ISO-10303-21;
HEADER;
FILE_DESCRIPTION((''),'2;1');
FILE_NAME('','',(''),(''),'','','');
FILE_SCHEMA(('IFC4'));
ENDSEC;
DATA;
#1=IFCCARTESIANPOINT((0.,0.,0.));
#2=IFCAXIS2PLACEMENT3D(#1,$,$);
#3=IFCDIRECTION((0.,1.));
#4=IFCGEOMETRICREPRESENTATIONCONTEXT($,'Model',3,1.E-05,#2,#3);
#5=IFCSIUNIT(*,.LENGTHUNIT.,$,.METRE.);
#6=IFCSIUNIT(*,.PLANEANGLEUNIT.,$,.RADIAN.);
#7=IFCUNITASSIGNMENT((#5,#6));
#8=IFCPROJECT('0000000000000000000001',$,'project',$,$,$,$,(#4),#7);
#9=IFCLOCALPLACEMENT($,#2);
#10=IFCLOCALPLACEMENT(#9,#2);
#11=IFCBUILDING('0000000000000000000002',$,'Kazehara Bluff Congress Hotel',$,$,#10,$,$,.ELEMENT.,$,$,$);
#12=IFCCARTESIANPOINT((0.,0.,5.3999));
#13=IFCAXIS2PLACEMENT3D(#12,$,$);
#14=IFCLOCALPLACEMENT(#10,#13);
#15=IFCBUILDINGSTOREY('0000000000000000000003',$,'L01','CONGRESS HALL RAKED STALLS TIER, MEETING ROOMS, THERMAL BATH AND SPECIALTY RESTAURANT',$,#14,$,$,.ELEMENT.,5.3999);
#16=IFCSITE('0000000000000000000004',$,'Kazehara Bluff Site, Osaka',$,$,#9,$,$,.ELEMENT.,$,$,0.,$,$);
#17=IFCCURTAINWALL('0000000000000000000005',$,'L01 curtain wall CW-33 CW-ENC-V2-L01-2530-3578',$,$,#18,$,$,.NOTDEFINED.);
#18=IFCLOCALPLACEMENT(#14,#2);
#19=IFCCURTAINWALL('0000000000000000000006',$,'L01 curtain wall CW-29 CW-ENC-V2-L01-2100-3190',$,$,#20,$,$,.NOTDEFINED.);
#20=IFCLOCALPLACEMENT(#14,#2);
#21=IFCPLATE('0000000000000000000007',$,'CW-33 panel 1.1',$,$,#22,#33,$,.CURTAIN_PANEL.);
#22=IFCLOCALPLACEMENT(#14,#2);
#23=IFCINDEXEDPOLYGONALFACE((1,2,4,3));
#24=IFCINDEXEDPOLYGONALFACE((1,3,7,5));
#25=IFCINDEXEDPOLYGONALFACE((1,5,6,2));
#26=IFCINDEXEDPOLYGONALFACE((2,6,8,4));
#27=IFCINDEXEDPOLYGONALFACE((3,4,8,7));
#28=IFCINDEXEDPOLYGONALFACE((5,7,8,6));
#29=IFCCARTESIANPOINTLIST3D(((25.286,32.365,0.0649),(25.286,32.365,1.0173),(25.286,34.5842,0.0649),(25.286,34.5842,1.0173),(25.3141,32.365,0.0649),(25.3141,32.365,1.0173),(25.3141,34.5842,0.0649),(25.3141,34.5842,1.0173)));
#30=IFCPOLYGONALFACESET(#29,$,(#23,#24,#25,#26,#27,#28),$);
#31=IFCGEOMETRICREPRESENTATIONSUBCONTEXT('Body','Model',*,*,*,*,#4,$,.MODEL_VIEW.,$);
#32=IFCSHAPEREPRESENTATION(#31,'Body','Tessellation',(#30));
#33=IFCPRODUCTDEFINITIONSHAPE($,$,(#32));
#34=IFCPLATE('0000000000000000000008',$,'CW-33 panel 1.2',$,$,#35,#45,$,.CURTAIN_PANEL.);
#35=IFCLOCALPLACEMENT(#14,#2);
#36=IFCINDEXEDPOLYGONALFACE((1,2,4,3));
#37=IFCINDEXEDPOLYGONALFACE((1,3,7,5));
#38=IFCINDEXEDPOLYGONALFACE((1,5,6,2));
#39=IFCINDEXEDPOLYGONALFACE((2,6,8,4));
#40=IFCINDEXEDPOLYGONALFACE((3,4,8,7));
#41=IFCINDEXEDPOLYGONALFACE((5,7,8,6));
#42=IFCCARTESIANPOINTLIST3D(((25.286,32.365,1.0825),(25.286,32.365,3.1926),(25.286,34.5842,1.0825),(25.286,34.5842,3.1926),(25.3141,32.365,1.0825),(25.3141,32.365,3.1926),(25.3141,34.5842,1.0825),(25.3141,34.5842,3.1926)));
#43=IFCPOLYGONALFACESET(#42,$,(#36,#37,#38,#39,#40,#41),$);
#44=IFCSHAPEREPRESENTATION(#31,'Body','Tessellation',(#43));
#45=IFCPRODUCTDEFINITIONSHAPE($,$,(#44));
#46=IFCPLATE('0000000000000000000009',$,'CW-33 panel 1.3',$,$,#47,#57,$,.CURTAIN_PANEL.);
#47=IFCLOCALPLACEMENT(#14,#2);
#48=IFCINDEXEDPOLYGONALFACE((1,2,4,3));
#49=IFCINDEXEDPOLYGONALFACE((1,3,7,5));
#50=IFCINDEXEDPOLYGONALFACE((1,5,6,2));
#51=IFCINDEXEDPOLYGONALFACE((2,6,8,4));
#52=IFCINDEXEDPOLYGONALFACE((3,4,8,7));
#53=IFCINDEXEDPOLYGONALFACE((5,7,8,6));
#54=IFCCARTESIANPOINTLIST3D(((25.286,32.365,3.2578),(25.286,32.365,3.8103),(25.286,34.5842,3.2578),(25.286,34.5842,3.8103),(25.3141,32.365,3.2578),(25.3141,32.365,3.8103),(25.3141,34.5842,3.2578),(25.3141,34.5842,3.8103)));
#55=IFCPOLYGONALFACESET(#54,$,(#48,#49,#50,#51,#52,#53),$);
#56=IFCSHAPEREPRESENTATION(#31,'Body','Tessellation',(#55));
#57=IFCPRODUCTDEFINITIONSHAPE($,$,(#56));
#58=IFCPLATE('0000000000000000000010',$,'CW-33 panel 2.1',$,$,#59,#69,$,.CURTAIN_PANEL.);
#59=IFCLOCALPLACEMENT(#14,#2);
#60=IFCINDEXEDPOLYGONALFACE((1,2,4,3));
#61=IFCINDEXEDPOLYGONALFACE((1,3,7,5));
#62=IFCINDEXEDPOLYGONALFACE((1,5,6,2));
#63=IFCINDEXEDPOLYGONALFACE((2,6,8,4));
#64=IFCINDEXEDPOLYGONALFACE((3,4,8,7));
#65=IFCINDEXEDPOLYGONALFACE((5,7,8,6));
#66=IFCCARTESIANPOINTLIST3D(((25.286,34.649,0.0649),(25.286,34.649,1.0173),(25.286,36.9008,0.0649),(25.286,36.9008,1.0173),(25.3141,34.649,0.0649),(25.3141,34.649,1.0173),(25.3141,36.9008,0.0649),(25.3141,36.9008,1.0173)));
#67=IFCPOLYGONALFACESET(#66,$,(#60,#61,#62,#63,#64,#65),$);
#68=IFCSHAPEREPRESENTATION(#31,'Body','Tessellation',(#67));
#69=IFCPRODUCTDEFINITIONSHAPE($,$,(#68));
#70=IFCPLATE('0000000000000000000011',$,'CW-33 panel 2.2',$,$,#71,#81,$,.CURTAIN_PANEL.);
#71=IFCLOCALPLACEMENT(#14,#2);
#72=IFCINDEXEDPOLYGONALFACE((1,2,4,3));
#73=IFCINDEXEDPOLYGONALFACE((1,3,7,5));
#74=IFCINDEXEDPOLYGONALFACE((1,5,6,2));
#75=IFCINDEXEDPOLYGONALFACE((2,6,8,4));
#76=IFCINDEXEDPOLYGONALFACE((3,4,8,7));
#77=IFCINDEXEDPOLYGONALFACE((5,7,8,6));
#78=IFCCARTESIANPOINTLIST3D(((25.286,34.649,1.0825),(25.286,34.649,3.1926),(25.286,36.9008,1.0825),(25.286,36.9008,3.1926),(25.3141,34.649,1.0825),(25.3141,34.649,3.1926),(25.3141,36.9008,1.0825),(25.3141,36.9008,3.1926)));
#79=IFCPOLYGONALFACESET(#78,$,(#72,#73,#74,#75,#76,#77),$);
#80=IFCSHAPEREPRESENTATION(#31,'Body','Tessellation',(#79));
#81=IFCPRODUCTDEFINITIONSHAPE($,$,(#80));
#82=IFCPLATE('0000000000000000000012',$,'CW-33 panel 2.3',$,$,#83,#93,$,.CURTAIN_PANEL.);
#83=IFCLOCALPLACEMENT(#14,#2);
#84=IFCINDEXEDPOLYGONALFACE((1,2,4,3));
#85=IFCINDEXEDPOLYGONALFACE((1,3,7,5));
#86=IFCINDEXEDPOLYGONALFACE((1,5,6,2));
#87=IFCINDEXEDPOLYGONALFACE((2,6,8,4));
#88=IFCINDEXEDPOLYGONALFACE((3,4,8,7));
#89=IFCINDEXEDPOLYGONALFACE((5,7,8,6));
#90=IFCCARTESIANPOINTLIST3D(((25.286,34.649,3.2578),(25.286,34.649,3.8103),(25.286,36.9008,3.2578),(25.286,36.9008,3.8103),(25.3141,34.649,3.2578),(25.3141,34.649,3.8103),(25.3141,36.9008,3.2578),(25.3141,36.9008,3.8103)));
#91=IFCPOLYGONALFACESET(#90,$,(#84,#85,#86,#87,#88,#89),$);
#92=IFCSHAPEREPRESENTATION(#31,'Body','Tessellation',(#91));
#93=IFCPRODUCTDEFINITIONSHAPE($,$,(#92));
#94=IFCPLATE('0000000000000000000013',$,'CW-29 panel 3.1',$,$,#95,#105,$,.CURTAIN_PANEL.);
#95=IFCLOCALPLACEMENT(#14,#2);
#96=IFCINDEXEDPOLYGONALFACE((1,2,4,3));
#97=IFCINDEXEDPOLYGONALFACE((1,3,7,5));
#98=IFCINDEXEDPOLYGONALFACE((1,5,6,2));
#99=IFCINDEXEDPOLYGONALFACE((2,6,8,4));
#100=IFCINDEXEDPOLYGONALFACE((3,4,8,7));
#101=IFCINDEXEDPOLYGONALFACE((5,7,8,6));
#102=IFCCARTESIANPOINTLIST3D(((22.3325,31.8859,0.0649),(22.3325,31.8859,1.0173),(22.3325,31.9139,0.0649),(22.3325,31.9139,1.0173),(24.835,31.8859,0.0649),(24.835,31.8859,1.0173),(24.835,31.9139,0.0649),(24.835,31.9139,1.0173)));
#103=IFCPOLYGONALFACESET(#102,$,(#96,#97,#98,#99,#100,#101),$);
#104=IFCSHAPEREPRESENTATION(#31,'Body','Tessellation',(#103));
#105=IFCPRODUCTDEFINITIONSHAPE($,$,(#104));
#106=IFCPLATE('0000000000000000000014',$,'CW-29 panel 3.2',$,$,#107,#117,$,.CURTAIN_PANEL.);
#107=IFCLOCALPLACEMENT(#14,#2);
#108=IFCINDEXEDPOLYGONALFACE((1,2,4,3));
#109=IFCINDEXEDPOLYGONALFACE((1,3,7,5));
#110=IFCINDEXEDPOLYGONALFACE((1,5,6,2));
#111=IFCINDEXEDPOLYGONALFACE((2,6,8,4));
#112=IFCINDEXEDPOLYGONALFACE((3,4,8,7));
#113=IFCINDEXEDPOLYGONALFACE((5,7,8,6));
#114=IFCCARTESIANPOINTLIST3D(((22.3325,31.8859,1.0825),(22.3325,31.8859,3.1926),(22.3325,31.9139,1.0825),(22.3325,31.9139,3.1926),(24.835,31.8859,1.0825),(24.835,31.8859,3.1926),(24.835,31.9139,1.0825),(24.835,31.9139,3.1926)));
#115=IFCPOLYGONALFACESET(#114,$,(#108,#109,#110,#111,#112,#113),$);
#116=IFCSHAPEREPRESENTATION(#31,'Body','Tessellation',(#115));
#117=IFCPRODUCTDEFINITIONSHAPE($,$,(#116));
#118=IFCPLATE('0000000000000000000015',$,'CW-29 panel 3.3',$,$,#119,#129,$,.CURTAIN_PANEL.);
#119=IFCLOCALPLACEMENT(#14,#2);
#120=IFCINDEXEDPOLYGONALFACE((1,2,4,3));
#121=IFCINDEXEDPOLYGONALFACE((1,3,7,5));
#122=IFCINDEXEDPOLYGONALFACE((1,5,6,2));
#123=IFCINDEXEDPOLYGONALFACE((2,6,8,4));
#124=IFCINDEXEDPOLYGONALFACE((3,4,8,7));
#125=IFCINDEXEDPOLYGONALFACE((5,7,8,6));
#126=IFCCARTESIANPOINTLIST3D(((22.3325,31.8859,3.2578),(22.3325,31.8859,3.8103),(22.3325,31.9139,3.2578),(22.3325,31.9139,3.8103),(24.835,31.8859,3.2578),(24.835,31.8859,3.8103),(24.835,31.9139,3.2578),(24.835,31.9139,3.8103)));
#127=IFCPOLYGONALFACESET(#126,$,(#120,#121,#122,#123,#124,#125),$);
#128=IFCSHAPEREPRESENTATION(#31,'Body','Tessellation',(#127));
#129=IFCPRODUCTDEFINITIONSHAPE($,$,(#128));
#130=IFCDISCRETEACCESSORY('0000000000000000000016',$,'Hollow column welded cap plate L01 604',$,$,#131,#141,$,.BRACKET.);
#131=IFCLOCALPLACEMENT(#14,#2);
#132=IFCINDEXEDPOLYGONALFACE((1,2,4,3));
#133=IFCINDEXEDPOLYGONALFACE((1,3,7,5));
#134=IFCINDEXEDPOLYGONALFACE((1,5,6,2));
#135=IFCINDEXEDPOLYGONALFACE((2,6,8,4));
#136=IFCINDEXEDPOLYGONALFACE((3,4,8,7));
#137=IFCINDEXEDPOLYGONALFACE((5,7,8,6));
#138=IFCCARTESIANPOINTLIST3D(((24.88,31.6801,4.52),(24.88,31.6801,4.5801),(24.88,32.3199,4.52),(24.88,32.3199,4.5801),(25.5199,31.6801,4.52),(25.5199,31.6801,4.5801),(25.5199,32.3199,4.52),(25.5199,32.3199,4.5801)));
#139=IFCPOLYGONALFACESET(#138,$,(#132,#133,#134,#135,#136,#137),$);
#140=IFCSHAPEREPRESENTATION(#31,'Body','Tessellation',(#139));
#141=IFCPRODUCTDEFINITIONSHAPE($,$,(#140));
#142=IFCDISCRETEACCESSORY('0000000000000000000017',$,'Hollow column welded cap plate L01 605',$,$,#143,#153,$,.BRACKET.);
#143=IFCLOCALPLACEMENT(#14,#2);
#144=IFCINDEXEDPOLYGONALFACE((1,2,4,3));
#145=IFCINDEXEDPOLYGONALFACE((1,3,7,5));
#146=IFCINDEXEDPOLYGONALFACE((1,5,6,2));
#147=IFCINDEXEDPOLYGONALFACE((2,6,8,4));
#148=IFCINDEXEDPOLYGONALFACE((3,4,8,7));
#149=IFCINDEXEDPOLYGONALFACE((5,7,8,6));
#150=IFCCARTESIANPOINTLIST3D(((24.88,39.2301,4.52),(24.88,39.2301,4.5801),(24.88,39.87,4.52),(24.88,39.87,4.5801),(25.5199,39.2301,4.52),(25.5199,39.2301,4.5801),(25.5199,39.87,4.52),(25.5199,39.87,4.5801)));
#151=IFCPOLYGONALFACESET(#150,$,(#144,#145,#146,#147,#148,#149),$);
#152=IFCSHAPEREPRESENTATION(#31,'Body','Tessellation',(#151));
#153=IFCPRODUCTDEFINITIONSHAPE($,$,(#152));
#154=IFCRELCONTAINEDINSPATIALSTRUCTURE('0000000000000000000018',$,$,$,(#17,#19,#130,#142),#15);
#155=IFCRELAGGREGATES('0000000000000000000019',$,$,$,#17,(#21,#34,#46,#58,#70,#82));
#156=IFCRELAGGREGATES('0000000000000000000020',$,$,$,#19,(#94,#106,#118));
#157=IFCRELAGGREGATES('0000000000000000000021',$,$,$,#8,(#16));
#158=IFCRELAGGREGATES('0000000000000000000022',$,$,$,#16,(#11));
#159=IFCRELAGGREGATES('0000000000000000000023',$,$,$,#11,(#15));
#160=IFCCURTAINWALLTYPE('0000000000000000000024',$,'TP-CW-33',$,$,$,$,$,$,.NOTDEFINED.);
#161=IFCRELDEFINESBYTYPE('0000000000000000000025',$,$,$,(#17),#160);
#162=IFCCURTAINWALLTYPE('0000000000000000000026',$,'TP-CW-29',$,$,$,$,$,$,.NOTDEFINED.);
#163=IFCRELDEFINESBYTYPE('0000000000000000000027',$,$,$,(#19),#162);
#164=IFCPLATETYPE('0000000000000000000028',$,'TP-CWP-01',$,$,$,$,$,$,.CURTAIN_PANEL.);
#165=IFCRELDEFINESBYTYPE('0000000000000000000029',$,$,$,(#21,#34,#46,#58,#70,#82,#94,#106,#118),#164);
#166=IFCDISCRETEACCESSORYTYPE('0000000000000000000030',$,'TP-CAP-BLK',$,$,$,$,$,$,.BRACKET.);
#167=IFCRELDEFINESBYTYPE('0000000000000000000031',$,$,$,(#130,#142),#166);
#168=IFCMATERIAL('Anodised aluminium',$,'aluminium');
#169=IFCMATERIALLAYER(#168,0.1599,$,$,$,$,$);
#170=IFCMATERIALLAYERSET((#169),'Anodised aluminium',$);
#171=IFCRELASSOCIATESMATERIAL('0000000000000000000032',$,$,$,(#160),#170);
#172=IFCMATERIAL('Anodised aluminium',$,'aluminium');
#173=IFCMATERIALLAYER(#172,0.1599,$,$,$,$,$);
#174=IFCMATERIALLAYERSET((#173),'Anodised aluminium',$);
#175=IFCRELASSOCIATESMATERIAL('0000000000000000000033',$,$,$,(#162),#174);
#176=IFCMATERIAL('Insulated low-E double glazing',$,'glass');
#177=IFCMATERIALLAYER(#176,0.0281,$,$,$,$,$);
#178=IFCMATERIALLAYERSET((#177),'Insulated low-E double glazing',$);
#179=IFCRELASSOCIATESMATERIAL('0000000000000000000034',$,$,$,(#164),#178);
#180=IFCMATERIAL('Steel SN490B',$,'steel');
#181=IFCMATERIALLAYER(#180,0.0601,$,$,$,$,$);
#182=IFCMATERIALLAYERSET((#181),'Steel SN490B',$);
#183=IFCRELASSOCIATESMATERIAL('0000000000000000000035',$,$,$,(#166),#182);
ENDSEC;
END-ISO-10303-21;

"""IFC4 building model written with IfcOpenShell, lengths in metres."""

from ifc_helpers import new_model, si_unit, direction, frame, origin, origin_2d, place, context, subcontext, project, spatial, rectangle, extrude, material, layer, layer_set, type_object, element, aggregate, save


model = new_model("IFC4")

# Units and contexts
model_context = context("Model", 3, precision=1e-05, world=origin(), true_north=direction((0.0, 1.0)))
body_context = subcontext(model_context, "Body", "Model", "MODEL_VIEW")
ifc_project = project(units=[si_unit("LENGTHUNIT", "METRE"), si_unit("PLANEANGLEUNIT", "RADIAN")], contexts=[model_context])

# Site, building, storey
site_placement = place(None, origin())
site = spatial("IfcSite", under=ifc_project, at=site_placement, Name="Kazehara Bluff Site, Osaka", CompositionType="ELEMENT", RefElevation=0.0)
building_placement = place(site_placement, origin())
building = spatial("IfcBuilding", under=site, at=building_placement, Name="Kazehara Bluff Congress Hotel", CompositionType="ELEMENT")
storey_placement = place(building_placement, frame((0.0, 0.0, 5.3999)))
storey = spatial("IfcBuildingStorey", under=building, at=storey_placement, Name="L01", Description="CONGRESS HALL RAKED STALLS TIER, MEETING ROOMS, THERMAL BATH AND SPECIALTY RESTAURANT", CompositionType="ELEMENT", Elevation=5.3999)

# Curtain wall
ifc_material_1 = material(Name="Anodised aluminium", Category="aluminium")
ifc_layer_1 = layer(ifc_material_1, 0.1599)
ifc_layer_set_1 = layer_set([ifc_layer_1], Name="Anodised aluminium")
curtain_wall_type_1 = type_object("IfcCurtainWallType", Name="TP-CW-33", PredefinedType="NOTDEFINED", material=ifc_layer_set_1)
curtain_wall_1_placement = place(storey_placement, origin())
curtain_wall_1 = element("IfcCurtainWall", 1, at=curtain_wall_1_placement, inside=storey, type_object=curtain_wall_type_1, Name="L01 curtain wall CW-33 CW-ENC-V2-L01-2530-3578", PredefinedType="NOTDEFINED")

# Curtain wall
ifc_material_2 = material(Name="Anodised aluminium", Category="aluminium")
ifc_layer_2 = layer(ifc_material_2, 0.1599)
ifc_layer_set_2 = layer_set([ifc_layer_2], Name="Anodised aluminium")
curtain_wall_type_2 = type_object("IfcCurtainWallType", Name="TP-CW-29", PredefinedType="NOTDEFINED", material=ifc_layer_set_2)
curtain_wall_2_placement = place(storey_placement, origin())
curtain_wall_2 = element("IfcCurtainWall", 2, at=curtain_wall_2_placement, inside=storey, type_object=curtain_wall_type_2, Name="L01 curtain wall CW-29 CW-ENC-V2-L01-2100-3190", PredefinedType="NOTDEFINED")

# Plates
ifc_material_3 = material(Name="Insulated low-E double glazing", Category="glass")
ifc_layer_3 = layer(ifc_material_3, 0.0281)
ifc_layer_set_3 = layer_set([ifc_layer_3], Name="Insulated low-E double glazing")
plate_type = type_object("IfcPlateType", Name="TP-CWP-01", PredefinedType="CURTAIN_PANEL", material=ifc_layer_set_3)
plate_1_placement = place(storey_placement, frame((25.3, 33.4746, 0.0649), z_axis=(0.0, 0.0, 1.0), x_axis=(0.0, 1.0, 0.0)))
plate_1 = element("IfcPlate", 3, at=plate_1_placement, type_object=plate_type, Name="CW-33 panel 1.1", PredefinedType="CURTAIN_PANEL", context=body_context, shape_type="SweptSolid", body=[
    extrude(rectangle(XDim=2.2192, YDim=0.0281, at=origin_2d()), origin(), (0.0, 0.0, 1.0), 0.9524),
])
plate_2_placement = place(storey_placement, frame((25.3, 33.4746, 1.0825), z_axis=(0.0, 0.0, 1.0), x_axis=(0.0, 1.0, 0.0)))
plate_2 = element("IfcPlate", 4, at=plate_2_placement, type_object=plate_type, Name="CW-33 panel 1.2", PredefinedType="CURTAIN_PANEL", context=body_context, shape_type="SweptSolid", body=[
    extrude(rectangle(XDim=2.2192, YDim=0.0281, at=origin_2d()), origin(), (0.0, 0.0, 1.0), 2.1101),
])
plate_3_placement = place(storey_placement, frame((25.3, 33.4746, 3.2578), z_axis=(0.0, 0.0, 1.0), x_axis=(0.0, 1.0, 0.0)))
plate_3 = element("IfcPlate", 5, at=plate_3_placement, type_object=plate_type, Name="CW-33 panel 1.3", PredefinedType="CURTAIN_PANEL", context=body_context, shape_type="SweptSolid", body=[
    extrude(rectangle(XDim=2.2192, YDim=0.0281, at=origin_2d()), origin(), (0.0, 0.0, 1.0), 0.5525),
])
plate_4_placement = place(storey_placement, frame((25.3, 35.7749, 0.0649), z_axis=(0.0, 0.0, 1.0), x_axis=(0.0, 1.0, 0.0)))
plate_4 = element("IfcPlate", 6, at=plate_4_placement, type_object=plate_type, Name="CW-33 panel 2.1", PredefinedType="CURTAIN_PANEL", context=body_context, shape_type="SweptSolid", body=[
    extrude(rectangle(XDim=2.2517, YDim=0.0281, at=origin_2d()), origin(), (0.0, 0.0, 1.0), 0.9524),
])
plate_5_placement = place(storey_placement, frame((25.3, 35.7749, 1.0825), z_axis=(0.0, 0.0, 1.0), x_axis=(0.0, 1.0, 0.0)))
plate_5 = element("IfcPlate", 7, at=plate_5_placement, type_object=plate_type, Name="CW-33 panel 2.2", PredefinedType="CURTAIN_PANEL", context=body_context, shape_type="SweptSolid", body=[
    extrude(rectangle(XDim=2.2517, YDim=0.0281, at=origin_2d()), origin(), (0.0, 0.0, 1.0), 2.1101),
])
plate_6_placement = place(storey_placement, frame((25.3, 35.7749, 3.2578), z_axis=(0.0, 0.0, 1.0), x_axis=(0.0, 1.0, 0.0)))
plate_6 = element("IfcPlate", 8, at=plate_6_placement, type_object=plate_type, Name="CW-33 panel 2.3", PredefinedType="CURTAIN_PANEL", context=body_context, shape_type="SweptSolid", body=[
    extrude(rectangle(XDim=2.2517, YDim=0.0281, at=origin_2d()), origin(), (0.0, 0.0, 1.0), 0.5525),
])
aggregate(curtain_wall_1, [plate_1, plate_2, plate_3, plate_4, plate_5, plate_6])
plate_7_placement = place(storey_placement, frame((23.5837, 31.8999, 0.0649), z_axis=(0.0, 0.0, 1.0), x_axis=(1.0, 0.0, 0.0)))
plate_7 = element("IfcPlate", 9, at=plate_7_placement, type_object=plate_type, Name="CW-29 panel 3.1", PredefinedType="CURTAIN_PANEL", context=body_context, shape_type="SweptSolid", body=[
    extrude(rectangle(XDim=2.5024, YDim=0.0281, at=origin_2d()), origin(), (0.0, 0.0, 1.0), 0.9524),
])
plate_8_placement = place(storey_placement, frame((23.5837, 31.8999, 1.0825), z_axis=(0.0, 0.0, 1.0), x_axis=(1.0, 0.0, 0.0)))
plate_8 = element("IfcPlate", 10, at=plate_8_placement, type_object=plate_type, Name="CW-29 panel 3.2", PredefinedType="CURTAIN_PANEL", context=body_context, shape_type="SweptSolid", body=[
    extrude(rectangle(XDim=2.5024, YDim=0.0281, at=origin_2d()), origin(), (0.0, 0.0, 1.0), 2.1101),
])
plate_9_placement = place(storey_placement, frame((23.5837, 31.8999, 3.2578), z_axis=(0.0, 0.0, 1.0), x_axis=(1.0, 0.0, 0.0)))
plate_9 = element("IfcPlate", 11, at=plate_9_placement, type_object=plate_type, Name="CW-29 panel 3.3", PredefinedType="CURTAIN_PANEL", context=body_context, shape_type="SweptSolid", body=[
    extrude(rectangle(XDim=2.5024, YDim=0.0281, at=origin_2d()), origin(), (0.0, 0.0, 1.0), 0.5525),
])
aggregate(curtain_wall_2, [plate_7, plate_8, plate_9])

# Discrete accessories
ifc_material_4 = material(Name="Steel SN490B", Category="steel")
ifc_layer_4 = layer(ifc_material_4, 0.0601)
ifc_layer_set_4 = layer_set([ifc_layer_4], Name="Steel SN490B")
discrete_accessory_type = type_object("IfcDiscreteAccessoryType", Name="TP-CAP-BLK", PredefinedType="BRACKET", material=ifc_layer_set_4)
for number, where, z_axis, x_axis, name in (
    (12, (25.2, 32.0, 4.52), (0.0, 0.0, 1.0), (1.0, 0.0, 0.0), "Hollow column welded cap plate L01 604"),
    (13, (25.2, 39.55, 4.52), (0.0, 0.0, 1.0), (1.0, 0.0, 0.0), "Hollow column welded cap plate L01 605"),
):
    element("IfcDiscreteAccessory", number, at=place(storey_placement, frame(where, z_axis=z_axis, x_axis=x_axis)), inside=storey, type_object=discrete_accessory_type, Name=name, PredefinedType="BRACKET", context=body_context, shape_type="SweptSolid", body=[
        extrude(rectangle(XDim=0.6399, YDim=0.6399, at=origin_2d()), origin(), (0.0, 0.0, 1.0), 0.0601),
    ])

save(model, "model.ifc")
